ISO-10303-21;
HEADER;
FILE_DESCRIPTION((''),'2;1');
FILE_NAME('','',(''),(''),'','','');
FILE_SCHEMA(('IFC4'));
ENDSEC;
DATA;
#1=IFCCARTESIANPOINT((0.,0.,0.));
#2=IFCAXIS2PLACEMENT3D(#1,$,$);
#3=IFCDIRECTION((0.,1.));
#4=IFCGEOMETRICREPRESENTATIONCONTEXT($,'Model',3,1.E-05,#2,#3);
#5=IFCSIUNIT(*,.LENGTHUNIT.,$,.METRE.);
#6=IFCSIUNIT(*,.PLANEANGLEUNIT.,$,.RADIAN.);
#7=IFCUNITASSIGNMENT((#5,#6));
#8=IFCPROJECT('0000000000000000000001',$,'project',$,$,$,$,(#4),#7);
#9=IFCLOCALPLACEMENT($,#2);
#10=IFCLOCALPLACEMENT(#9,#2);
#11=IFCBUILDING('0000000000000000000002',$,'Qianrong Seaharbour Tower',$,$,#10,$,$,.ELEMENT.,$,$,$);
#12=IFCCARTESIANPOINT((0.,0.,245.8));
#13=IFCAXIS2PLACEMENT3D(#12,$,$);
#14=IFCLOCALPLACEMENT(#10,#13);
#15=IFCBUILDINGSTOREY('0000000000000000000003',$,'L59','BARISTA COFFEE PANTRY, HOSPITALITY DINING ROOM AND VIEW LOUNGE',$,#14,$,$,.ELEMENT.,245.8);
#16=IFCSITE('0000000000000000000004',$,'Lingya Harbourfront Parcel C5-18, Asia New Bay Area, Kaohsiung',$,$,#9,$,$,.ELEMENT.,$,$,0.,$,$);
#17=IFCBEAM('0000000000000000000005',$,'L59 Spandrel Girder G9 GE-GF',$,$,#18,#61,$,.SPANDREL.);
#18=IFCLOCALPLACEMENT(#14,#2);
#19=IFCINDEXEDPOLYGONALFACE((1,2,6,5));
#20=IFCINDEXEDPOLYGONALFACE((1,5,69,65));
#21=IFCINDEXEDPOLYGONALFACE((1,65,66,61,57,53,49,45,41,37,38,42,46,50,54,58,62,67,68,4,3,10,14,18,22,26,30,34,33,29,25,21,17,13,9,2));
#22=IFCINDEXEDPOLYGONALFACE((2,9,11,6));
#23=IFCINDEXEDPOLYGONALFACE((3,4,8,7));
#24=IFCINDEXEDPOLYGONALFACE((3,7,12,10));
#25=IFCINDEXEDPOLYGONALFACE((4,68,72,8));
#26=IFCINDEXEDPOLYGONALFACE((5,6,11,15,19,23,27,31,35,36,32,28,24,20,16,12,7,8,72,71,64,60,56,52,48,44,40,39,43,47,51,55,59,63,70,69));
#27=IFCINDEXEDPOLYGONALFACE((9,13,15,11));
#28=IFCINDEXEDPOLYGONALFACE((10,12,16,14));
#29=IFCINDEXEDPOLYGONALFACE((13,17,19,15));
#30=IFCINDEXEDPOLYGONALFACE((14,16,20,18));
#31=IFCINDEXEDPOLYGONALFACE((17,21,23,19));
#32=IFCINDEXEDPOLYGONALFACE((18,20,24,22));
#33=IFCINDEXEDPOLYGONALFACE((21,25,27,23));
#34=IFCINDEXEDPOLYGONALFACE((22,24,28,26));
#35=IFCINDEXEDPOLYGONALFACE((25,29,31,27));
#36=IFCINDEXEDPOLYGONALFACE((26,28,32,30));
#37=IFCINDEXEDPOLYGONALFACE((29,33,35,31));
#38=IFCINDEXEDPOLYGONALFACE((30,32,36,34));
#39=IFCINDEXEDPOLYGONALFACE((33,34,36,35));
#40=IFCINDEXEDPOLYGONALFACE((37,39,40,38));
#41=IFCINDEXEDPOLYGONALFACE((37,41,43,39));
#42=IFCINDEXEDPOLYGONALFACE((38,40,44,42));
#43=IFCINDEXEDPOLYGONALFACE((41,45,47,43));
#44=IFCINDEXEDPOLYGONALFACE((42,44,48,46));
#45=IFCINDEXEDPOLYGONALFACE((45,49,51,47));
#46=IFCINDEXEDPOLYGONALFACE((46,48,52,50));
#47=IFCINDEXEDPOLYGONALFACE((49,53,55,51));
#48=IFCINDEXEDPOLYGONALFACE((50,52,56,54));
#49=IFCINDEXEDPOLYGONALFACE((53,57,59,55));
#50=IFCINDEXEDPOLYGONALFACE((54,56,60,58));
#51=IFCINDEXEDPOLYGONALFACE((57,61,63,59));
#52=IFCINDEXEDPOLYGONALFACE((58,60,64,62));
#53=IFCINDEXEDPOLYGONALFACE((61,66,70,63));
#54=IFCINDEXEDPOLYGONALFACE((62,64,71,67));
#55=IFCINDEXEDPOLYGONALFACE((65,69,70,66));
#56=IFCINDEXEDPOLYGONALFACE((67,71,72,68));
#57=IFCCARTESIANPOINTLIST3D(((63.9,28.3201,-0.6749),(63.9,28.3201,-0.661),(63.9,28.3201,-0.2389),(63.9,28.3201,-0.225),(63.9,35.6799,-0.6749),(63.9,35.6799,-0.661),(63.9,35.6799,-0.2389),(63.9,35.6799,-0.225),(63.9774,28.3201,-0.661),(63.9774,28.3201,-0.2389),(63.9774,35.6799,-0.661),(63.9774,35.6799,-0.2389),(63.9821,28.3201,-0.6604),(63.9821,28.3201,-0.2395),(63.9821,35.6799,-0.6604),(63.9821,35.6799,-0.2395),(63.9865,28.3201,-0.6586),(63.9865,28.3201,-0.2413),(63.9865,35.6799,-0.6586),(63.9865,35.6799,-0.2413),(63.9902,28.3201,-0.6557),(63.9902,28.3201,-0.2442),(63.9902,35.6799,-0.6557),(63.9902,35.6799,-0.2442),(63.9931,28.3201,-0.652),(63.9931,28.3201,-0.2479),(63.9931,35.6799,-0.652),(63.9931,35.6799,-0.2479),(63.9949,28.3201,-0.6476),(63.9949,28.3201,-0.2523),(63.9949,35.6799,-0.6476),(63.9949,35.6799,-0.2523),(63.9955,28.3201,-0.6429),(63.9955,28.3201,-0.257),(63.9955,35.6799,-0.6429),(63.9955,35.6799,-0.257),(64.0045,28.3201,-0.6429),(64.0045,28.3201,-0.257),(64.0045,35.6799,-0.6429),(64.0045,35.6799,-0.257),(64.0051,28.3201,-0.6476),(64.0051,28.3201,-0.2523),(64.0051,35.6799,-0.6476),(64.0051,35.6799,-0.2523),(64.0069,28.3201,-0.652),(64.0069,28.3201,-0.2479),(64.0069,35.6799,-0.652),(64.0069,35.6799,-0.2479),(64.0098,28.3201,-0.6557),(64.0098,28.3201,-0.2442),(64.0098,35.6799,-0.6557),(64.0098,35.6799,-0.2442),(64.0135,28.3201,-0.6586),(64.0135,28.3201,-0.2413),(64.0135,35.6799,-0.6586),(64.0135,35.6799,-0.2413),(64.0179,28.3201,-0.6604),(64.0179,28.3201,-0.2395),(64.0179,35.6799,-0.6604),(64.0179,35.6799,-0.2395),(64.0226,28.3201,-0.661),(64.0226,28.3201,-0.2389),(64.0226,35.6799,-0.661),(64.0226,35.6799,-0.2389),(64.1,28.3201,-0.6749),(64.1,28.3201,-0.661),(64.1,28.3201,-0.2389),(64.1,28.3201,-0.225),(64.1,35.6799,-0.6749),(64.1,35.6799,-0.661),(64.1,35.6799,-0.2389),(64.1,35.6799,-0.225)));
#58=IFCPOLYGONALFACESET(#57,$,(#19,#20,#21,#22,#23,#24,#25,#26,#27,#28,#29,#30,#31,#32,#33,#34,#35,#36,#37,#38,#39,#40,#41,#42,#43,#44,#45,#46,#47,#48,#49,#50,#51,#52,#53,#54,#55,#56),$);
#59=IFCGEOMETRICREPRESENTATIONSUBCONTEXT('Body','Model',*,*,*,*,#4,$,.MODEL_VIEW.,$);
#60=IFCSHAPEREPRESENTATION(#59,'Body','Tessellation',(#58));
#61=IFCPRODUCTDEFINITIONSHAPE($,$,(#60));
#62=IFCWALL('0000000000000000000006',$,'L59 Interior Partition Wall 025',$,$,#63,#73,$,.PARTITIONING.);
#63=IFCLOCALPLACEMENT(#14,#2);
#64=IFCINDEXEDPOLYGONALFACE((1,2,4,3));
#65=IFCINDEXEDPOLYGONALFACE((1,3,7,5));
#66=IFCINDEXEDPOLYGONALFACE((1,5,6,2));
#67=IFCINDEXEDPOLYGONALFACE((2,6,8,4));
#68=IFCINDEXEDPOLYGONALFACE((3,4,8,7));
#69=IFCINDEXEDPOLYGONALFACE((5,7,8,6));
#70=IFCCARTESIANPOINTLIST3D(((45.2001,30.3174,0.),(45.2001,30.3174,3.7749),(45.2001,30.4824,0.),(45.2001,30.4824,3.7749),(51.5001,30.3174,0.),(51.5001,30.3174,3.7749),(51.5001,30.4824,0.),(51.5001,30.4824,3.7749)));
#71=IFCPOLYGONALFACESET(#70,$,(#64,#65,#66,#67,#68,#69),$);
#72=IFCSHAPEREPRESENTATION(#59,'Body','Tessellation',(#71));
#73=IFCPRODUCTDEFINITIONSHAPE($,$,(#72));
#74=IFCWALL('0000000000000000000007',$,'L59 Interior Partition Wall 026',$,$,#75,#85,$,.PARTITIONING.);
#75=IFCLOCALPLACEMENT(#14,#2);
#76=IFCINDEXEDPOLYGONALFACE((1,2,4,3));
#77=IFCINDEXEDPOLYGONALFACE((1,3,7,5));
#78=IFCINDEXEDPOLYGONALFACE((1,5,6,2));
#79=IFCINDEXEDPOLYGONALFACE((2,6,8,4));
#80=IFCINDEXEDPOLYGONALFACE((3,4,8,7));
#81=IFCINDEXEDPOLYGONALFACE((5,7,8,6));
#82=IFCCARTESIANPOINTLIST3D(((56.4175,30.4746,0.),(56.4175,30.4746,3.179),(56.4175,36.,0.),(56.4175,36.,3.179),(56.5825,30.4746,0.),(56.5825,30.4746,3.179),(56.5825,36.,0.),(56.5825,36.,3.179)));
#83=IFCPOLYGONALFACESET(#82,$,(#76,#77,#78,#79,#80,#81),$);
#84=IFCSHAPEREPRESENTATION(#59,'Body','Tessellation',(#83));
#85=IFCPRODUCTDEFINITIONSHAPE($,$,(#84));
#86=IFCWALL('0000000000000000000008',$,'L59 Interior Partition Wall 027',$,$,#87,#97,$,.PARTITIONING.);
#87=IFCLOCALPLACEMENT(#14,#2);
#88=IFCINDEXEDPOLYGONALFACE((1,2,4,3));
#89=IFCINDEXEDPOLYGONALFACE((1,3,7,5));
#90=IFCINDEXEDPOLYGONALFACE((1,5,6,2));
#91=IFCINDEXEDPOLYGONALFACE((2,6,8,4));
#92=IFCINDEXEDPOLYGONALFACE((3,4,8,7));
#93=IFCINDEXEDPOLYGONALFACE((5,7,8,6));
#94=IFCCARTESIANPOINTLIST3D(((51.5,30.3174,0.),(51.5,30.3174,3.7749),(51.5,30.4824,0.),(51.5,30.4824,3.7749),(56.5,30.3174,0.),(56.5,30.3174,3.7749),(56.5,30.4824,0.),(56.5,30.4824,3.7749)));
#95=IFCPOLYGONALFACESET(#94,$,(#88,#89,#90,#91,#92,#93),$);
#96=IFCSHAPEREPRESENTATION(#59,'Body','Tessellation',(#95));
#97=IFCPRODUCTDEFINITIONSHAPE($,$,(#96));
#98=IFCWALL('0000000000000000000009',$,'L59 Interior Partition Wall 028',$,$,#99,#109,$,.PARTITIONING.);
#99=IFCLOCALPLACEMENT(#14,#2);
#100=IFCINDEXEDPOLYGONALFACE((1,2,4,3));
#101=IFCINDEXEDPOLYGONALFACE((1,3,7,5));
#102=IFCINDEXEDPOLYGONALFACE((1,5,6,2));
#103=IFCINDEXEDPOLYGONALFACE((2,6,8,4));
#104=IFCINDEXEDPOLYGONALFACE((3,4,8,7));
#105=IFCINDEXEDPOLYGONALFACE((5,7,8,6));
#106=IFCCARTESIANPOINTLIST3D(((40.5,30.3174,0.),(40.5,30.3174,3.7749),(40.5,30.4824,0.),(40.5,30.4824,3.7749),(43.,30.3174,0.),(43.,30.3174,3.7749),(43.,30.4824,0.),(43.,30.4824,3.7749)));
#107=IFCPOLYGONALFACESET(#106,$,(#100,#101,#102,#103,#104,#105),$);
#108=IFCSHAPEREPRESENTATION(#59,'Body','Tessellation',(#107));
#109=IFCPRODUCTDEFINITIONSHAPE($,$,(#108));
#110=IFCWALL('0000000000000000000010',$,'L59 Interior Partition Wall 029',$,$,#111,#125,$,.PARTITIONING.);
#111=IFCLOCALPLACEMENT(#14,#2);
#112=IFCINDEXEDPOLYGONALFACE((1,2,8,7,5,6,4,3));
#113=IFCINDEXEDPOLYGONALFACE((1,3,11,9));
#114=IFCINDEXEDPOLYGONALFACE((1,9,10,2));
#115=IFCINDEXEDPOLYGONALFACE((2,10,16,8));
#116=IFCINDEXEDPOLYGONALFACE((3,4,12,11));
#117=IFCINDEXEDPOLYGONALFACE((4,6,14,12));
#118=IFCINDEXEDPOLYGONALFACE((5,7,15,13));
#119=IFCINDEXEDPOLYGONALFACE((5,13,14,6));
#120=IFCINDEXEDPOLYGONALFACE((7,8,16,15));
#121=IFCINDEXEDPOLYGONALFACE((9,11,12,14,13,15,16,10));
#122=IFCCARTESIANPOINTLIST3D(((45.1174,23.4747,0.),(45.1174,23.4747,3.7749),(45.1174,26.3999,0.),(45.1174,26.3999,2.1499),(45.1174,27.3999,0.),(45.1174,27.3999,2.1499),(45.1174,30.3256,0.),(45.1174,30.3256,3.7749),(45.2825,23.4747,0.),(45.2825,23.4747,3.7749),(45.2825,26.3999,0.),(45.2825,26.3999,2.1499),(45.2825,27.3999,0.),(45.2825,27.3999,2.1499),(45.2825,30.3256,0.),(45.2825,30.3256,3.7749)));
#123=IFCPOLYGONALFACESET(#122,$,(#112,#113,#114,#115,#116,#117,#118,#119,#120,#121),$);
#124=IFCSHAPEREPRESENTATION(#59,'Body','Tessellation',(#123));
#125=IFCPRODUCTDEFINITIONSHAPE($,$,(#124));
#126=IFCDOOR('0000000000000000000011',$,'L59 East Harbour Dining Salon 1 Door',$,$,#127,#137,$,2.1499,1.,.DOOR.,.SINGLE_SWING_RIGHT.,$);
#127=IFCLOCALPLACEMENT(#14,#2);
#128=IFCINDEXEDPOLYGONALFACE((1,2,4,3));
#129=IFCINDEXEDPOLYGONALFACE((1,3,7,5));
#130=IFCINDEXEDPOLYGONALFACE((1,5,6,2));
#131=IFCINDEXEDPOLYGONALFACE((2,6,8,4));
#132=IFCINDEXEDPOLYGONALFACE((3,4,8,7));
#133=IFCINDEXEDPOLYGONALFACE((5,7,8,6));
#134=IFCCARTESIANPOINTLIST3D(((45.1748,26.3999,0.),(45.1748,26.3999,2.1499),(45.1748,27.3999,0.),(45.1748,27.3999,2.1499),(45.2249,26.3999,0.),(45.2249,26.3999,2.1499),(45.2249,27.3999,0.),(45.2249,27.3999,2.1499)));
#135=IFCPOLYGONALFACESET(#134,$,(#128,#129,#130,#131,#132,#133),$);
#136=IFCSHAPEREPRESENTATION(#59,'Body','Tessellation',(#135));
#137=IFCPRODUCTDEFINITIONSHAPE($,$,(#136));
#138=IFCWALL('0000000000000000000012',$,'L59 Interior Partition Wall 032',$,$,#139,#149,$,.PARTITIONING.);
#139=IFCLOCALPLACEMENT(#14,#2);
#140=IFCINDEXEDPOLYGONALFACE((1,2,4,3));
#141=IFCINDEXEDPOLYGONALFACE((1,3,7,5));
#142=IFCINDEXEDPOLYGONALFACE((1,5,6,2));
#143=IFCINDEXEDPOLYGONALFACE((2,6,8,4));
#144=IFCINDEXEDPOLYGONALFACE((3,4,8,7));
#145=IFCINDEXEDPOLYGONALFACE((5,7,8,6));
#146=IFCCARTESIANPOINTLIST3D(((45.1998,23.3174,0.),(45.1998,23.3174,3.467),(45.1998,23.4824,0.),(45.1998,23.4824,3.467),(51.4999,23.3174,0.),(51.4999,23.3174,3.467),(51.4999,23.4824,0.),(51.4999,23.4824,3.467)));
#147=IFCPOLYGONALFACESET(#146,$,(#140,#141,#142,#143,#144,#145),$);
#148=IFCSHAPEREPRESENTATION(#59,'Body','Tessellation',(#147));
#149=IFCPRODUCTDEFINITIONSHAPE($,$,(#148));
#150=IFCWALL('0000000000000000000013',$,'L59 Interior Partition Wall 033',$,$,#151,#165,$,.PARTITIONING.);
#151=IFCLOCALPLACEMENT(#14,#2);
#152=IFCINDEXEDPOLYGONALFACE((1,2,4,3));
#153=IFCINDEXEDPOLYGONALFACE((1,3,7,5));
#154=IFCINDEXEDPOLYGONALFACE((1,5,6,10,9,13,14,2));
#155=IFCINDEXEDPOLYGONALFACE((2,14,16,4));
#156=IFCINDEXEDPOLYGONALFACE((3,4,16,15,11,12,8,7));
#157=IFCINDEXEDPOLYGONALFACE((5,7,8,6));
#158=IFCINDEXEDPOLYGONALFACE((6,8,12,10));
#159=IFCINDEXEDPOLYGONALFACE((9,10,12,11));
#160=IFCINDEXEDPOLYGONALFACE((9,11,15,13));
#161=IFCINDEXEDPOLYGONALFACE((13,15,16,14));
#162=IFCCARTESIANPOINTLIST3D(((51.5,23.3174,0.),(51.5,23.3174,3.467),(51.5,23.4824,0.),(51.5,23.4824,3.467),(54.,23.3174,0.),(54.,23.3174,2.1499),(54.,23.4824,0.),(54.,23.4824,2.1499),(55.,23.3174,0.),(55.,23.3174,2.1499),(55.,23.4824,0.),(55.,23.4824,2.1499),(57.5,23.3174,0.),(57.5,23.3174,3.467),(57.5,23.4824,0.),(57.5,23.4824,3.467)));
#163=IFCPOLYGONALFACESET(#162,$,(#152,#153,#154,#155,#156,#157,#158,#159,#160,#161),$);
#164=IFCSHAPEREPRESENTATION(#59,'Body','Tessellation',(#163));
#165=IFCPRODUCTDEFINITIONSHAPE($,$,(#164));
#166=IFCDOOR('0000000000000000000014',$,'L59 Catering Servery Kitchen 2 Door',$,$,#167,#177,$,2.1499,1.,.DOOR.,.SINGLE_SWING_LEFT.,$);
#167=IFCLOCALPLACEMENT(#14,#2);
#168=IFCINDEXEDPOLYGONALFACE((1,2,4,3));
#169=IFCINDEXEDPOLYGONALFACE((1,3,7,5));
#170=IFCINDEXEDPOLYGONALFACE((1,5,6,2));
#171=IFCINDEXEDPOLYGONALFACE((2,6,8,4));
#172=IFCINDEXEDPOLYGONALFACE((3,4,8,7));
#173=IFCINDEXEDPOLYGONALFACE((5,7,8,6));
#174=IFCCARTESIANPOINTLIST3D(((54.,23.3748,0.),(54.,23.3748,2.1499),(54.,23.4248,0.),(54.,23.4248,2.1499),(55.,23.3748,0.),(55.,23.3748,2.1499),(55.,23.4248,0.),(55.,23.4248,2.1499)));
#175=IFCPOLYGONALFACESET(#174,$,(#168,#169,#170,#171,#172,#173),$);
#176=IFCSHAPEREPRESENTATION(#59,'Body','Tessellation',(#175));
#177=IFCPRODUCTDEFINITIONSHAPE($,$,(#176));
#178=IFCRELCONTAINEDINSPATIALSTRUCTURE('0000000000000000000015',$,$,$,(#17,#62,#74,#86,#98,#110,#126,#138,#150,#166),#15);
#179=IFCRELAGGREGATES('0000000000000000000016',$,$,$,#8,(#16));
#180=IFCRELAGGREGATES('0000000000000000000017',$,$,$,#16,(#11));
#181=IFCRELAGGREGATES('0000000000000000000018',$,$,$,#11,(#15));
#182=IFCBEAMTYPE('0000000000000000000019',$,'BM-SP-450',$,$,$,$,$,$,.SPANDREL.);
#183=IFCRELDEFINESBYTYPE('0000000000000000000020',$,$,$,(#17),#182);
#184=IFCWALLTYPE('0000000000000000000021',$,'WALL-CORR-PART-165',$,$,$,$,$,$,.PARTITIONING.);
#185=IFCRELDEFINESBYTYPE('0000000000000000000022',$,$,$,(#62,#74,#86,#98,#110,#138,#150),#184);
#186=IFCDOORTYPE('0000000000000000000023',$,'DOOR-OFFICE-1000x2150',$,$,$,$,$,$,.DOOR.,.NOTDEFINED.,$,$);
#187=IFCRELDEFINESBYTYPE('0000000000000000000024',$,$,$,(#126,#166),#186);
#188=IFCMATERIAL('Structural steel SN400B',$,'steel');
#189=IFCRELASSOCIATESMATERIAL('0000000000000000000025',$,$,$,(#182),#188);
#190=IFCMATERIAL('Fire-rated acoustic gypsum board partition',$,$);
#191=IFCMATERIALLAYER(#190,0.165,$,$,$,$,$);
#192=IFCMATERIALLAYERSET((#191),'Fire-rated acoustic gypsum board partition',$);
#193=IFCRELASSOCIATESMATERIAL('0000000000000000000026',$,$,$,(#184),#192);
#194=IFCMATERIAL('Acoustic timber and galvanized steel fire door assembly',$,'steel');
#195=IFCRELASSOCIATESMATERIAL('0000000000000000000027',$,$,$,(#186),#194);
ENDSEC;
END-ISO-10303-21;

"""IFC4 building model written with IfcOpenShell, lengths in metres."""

from ifc_helpers import new_model, si_unit, direction, frame, frame_2d, origin, origin_2d, place, context, subcontext, project, spatial, rectangle, i_section, extrude, material, layer, layer_set, material_profile, profile_set, type_object, element, fill, save


model = new_model("IFC4")

# Units and contexts
model_context = context("Model", 3, precision=1e-05, world=origin(), true_north=direction((0.0, 1.0)))
body_context = subcontext(model_context, "Body", "Model", "MODEL_VIEW")
ifc_project = project(units=[si_unit("LENGTHUNIT", "METRE"), si_unit("PLANEANGLEUNIT", "RADIAN")], contexts=[model_context])

# Site, building, storey
site_placement = place(None, origin())
site = spatial("IfcSite", under=ifc_project, at=site_placement, Name="Lingya Harbourfront Parcel C5-18, Asia New Bay Area, Kaohsiung", CompositionType="ELEMENT", RefElevation=0.0)
building_placement = place(site_placement, origin())
building = spatial("IfcBuilding", under=site, at=building_placement, Name="Qianrong Seaharbour Tower", CompositionType="ELEMENT")
storey_placement = place(building_placement, frame((0.0, 0.0, 245.8)))
storey = spatial("IfcBuildingStorey", under=building, at=storey_placement, Name="L59", Description="BARISTA COFFEE PANTRY, HOSPITALITY DINING ROOM AND VIEW LOUNGE", CompositionType="ELEMENT", Elevation=245.8)

# Beam
ifc_material_1 = material(Name="Structural steel SN400B", Category="steel")
ifc_material_profile_1 = material_profile(ifc_material_1, i_section(OverallWidth=0.2, OverallDepth=0.45, WebThickness=0.009, FlangeThickness=0.0139, FilletRadius=0.0181, at=origin_2d()), Name="H450x200x9x14")
ifc_profile_set_1 = profile_set([ifc_material_profile_1], Name="Structural steel SN400B")
beam_type_1 = type_object("IfcBeamType", Name="BM-SP-450", PredefinedType="SPANDREL", material=ifc_profile_set_1)
beam_1_placement = place(storey_placement, frame((64.0, 28.3201, -0.45), z_axis=(0.0, 1.0, 0.0), x_axis=(-1.0, 0.0, 0.0)))
element("IfcBeam", 1, at=beam_1_placement, inside=storey, type_object=beam_type_1, Name="L59 Spandrel Girder G9 GE-GF", PredefinedType="SPANDREL", context=body_context, shape_type="SweptSolid", body=[
    extrude(i_section(OverallWidth=0.2, OverallDepth=0.45, WebThickness=0.009, FlangeThickness=0.0139, FilletRadius=0.0181, at=origin_2d()), origin(), (0.0, 0.0, 1.0), 7.3599),
])

# Walls
ifc_material_2 = material(Name="Fire-rated acoustic gypsum board partition")
ifc_layer_1 = layer(ifc_material_2, 0.165)
ifc_layer_set_1 = layer_set([ifc_layer_1], Name="Fire-rated acoustic gypsum board partition")
wall_type_1 = type_object("IfcWallType", Name="WALL-CORR-PART-165", PredefinedType="PARTITIONING", material=ifc_layer_set_1)
wall_1_placement = place(storey_placement, frame((51.5, 30.3999, 0.0), z_axis=(0.0, 0.0, 1.0), x_axis=(-1.0, 0.0, 0.0)))
element("IfcWall", 2, at=wall_1_placement, inside=storey, type_object=wall_type_1, Name="L59 Interior Partition Wall 025", PredefinedType="PARTITIONING", context=body_context, shape_type="SweptSolid", body=[
    extrude(rectangle(XDim=6.3, YDim=0.165, at=frame_2d((3.1499, 0.0))), origin(), (0.0, 0.0, 1.0), 3.7749),
])
wall_2_placement = place(storey_placement, frame((56.5, 36.0, 0.0), z_axis=(0.0, 0.0, 1.0), x_axis=(0.0, -1.0, 0.0)))
element("IfcWall", 3, at=wall_2_placement, inside=storey, type_object=wall_type_1, Name="L59 Interior Partition Wall 026", PredefinedType="PARTITIONING", context=body_context, shape_type="SweptSolid", body=[
    extrude(rectangle(XDim=5.5254, YDim=0.165, at=frame_2d((2.7627, 0.0))), origin(), (0.0, 0.0, 1.0), 3.179),
])
wall_3_placement = place(storey_placement, frame((56.5, 30.3999, 0.0), z_axis=(0.0, 0.0, 1.0), x_axis=(-1.0, 0.0, 0.0)))
element("IfcWall", 4, at=wall_3_placement, inside=storey, type_object=wall_type_1, Name="L59 Interior Partition Wall 027", PredefinedType="PARTITIONING", context=body_context, shape_type="SweptSolid", body=[
    extrude(rectangle(XDim=5.0, YDim=0.165, at=frame_2d((2.5, 0.0))), origin(), (0.0, 0.0, 1.0), 3.7749),
])
wall_4_placement = place(storey_placement, frame((43.0, 30.3999, 0.0), z_axis=(0.0, 0.0, 1.0), x_axis=(-1.0, 0.0, 0.0)))
element("IfcWall", 5, at=wall_4_placement, inside=storey, type_object=wall_type_1, Name="L59 Interior Partition Wall 028", PredefinedType="PARTITIONING", context=body_context, shape_type="SweptSolid", body=[
    extrude(rectangle(XDim=2.5, YDim=0.165, at=frame_2d((1.25, 0.0))), origin(), (0.0, 0.0, 1.0), 3.7749),
])

# Wall, opening, door
wall_5_placement = place(storey_placement, frame((45.2, 30.3254, 0.0), z_axis=(0.0, 0.0, 1.0), x_axis=(0.0, -1.0, 0.0)))
wall_5 = element("IfcWall", 6, at=wall_5_placement, inside=storey, type_object=wall_type_1, Name="L59 Interior Partition Wall 029", PredefinedType="PARTITIONING", context=body_context, shape_type="SweptSolid", body=[
    extrude(rectangle(XDim=6.8508, YDim=0.165, at=frame_2d((3.4253, 0.0))), origin(), (0.0, 0.0, 1.0), 3.7749),
])
opening_1_placement = place(wall_5_placement, frame((2.9255, 0.0, 0.0)))
opening_1 = element("IfcOpeningElement", 7, at=opening_1_placement, cuts=wall_5, PredefinedType="OPENING", context=body_context, shape_type="SweptSolid", body=[
    extrude(rectangle(XDim=1.0, YDim=2.1499, at=frame_2d((0.5, 1.075))), frame((0.0, 0.0925, 0.0), z_axis=(0.0, -1.0, 0.0), x_axis=(1.0, 0.0, 0.0)), (0.0, 0.0, 1.0), 0.1851),
])
ifc_material_3 = material(Name="Acoustic timber and galvanized steel fire door assembly", Category="steel")
door_type = type_object("IfcDoorType", Name="DOOR-OFFICE-1000x2150", OperationType="NOTDEFINED", PredefinedType="DOOR", material=ifc_material_3)
door_1_placement = place(opening_1_placement, origin())
door_1 = element("IfcDoor", 8, at=door_1_placement, inside=storey, type_object=door_type, Name="L59 East Harbour Dining Salon 1 Door", OperationType="SINGLE_SWING_RIGHT", OverallHeight=2.1499, OverallWidth=1.0, PredefinedType="DOOR", context=body_context, shape_type="SweptSolid", body=[
    extrude(rectangle(XDim=1.0, YDim=2.1499, at=frame_2d((0.5, 1.075))), frame((0.0, 0.0249, 0.0), z_axis=(0.0, -1.0, 0.0), x_axis=(1.0, 0.0, 0.0)), (0.0, 0.0, 1.0), 0.05),
])
fill(opening_1, door_1)

# Wall
wall_6_placement = place(storey_placement, frame((45.2, 23.3999, 0.0), z_axis=(0.0, 0.0, 1.0), x_axis=(1.0, 0.0, 0.0)))
element("IfcWall", 9, at=wall_6_placement, inside=storey, type_object=wall_type_1, Name="L59 Interior Partition Wall 032", PredefinedType="PARTITIONING", context=body_context, shape_type="SweptSolid", body=[
    extrude(rectangle(XDim=6.3, YDim=0.165, at=frame_2d((3.1499, 0.0))), origin(), (0.0, 0.0, 1.0), 3.467),
])

# Wall, opening, door
wall_7_placement = place(storey_placement, frame((51.5, 23.3999, 0.0), z_axis=(0.0, 0.0, 1.0), x_axis=(1.0, 0.0, 0.0)))
wall_7 = element("IfcWall", 10, at=wall_7_placement, inside=storey, type_object=wall_type_1, Name="L59 Interior Partition Wall 033", PredefinedType="PARTITIONING", context=body_context, shape_type="SweptSolid", body=[
    extrude(rectangle(XDim=6.0, YDim=0.165, at=frame_2d((3.0, 0.0))), origin(), (0.0, 0.0, 1.0), 3.467),
])
opening_2_placement = place(wall_7_placement, frame((2.5, 0.0, 0.0)))
opening_2 = element("IfcOpeningElement", 11, at=opening_2_placement, cuts=wall_7, PredefinedType="OPENING", context=body_context, shape_type="SweptSolid", body=[
    extrude(rectangle(XDim=1.0, YDim=2.1499, at=frame_2d((0.5, 1.075))), frame((0.0, 0.0925, 0.0), z_axis=(0.0, -1.0, 0.0), x_axis=(1.0, 0.0, 0.0)), (0.0, 0.0, 1.0), 0.1851),
])
door_2_placement = place(opening_2_placement, origin())
door_2 = element("IfcDoor", 12, at=door_2_placement, inside=storey, type_object=door_type, Name="L59 Catering Servery Kitchen 2 Door", OperationType="SINGLE_SWING_LEFT", OverallHeight=2.1499, OverallWidth=1.0, PredefinedType="DOOR", context=body_context, shape_type="SweptSolid", body=[
    extrude(rectangle(XDim=1.0, YDim=2.1499, at=frame_2d((0.5, 1.075))), frame((0.0, 0.0249, 0.0), z_axis=(0.0, -1.0, 0.0), x_axis=(1.0, 0.0, 0.0)), (0.0, 0.0, 1.0), 0.05),
])
fill(opening_2, door_2)

save(model, "model.ifc")
